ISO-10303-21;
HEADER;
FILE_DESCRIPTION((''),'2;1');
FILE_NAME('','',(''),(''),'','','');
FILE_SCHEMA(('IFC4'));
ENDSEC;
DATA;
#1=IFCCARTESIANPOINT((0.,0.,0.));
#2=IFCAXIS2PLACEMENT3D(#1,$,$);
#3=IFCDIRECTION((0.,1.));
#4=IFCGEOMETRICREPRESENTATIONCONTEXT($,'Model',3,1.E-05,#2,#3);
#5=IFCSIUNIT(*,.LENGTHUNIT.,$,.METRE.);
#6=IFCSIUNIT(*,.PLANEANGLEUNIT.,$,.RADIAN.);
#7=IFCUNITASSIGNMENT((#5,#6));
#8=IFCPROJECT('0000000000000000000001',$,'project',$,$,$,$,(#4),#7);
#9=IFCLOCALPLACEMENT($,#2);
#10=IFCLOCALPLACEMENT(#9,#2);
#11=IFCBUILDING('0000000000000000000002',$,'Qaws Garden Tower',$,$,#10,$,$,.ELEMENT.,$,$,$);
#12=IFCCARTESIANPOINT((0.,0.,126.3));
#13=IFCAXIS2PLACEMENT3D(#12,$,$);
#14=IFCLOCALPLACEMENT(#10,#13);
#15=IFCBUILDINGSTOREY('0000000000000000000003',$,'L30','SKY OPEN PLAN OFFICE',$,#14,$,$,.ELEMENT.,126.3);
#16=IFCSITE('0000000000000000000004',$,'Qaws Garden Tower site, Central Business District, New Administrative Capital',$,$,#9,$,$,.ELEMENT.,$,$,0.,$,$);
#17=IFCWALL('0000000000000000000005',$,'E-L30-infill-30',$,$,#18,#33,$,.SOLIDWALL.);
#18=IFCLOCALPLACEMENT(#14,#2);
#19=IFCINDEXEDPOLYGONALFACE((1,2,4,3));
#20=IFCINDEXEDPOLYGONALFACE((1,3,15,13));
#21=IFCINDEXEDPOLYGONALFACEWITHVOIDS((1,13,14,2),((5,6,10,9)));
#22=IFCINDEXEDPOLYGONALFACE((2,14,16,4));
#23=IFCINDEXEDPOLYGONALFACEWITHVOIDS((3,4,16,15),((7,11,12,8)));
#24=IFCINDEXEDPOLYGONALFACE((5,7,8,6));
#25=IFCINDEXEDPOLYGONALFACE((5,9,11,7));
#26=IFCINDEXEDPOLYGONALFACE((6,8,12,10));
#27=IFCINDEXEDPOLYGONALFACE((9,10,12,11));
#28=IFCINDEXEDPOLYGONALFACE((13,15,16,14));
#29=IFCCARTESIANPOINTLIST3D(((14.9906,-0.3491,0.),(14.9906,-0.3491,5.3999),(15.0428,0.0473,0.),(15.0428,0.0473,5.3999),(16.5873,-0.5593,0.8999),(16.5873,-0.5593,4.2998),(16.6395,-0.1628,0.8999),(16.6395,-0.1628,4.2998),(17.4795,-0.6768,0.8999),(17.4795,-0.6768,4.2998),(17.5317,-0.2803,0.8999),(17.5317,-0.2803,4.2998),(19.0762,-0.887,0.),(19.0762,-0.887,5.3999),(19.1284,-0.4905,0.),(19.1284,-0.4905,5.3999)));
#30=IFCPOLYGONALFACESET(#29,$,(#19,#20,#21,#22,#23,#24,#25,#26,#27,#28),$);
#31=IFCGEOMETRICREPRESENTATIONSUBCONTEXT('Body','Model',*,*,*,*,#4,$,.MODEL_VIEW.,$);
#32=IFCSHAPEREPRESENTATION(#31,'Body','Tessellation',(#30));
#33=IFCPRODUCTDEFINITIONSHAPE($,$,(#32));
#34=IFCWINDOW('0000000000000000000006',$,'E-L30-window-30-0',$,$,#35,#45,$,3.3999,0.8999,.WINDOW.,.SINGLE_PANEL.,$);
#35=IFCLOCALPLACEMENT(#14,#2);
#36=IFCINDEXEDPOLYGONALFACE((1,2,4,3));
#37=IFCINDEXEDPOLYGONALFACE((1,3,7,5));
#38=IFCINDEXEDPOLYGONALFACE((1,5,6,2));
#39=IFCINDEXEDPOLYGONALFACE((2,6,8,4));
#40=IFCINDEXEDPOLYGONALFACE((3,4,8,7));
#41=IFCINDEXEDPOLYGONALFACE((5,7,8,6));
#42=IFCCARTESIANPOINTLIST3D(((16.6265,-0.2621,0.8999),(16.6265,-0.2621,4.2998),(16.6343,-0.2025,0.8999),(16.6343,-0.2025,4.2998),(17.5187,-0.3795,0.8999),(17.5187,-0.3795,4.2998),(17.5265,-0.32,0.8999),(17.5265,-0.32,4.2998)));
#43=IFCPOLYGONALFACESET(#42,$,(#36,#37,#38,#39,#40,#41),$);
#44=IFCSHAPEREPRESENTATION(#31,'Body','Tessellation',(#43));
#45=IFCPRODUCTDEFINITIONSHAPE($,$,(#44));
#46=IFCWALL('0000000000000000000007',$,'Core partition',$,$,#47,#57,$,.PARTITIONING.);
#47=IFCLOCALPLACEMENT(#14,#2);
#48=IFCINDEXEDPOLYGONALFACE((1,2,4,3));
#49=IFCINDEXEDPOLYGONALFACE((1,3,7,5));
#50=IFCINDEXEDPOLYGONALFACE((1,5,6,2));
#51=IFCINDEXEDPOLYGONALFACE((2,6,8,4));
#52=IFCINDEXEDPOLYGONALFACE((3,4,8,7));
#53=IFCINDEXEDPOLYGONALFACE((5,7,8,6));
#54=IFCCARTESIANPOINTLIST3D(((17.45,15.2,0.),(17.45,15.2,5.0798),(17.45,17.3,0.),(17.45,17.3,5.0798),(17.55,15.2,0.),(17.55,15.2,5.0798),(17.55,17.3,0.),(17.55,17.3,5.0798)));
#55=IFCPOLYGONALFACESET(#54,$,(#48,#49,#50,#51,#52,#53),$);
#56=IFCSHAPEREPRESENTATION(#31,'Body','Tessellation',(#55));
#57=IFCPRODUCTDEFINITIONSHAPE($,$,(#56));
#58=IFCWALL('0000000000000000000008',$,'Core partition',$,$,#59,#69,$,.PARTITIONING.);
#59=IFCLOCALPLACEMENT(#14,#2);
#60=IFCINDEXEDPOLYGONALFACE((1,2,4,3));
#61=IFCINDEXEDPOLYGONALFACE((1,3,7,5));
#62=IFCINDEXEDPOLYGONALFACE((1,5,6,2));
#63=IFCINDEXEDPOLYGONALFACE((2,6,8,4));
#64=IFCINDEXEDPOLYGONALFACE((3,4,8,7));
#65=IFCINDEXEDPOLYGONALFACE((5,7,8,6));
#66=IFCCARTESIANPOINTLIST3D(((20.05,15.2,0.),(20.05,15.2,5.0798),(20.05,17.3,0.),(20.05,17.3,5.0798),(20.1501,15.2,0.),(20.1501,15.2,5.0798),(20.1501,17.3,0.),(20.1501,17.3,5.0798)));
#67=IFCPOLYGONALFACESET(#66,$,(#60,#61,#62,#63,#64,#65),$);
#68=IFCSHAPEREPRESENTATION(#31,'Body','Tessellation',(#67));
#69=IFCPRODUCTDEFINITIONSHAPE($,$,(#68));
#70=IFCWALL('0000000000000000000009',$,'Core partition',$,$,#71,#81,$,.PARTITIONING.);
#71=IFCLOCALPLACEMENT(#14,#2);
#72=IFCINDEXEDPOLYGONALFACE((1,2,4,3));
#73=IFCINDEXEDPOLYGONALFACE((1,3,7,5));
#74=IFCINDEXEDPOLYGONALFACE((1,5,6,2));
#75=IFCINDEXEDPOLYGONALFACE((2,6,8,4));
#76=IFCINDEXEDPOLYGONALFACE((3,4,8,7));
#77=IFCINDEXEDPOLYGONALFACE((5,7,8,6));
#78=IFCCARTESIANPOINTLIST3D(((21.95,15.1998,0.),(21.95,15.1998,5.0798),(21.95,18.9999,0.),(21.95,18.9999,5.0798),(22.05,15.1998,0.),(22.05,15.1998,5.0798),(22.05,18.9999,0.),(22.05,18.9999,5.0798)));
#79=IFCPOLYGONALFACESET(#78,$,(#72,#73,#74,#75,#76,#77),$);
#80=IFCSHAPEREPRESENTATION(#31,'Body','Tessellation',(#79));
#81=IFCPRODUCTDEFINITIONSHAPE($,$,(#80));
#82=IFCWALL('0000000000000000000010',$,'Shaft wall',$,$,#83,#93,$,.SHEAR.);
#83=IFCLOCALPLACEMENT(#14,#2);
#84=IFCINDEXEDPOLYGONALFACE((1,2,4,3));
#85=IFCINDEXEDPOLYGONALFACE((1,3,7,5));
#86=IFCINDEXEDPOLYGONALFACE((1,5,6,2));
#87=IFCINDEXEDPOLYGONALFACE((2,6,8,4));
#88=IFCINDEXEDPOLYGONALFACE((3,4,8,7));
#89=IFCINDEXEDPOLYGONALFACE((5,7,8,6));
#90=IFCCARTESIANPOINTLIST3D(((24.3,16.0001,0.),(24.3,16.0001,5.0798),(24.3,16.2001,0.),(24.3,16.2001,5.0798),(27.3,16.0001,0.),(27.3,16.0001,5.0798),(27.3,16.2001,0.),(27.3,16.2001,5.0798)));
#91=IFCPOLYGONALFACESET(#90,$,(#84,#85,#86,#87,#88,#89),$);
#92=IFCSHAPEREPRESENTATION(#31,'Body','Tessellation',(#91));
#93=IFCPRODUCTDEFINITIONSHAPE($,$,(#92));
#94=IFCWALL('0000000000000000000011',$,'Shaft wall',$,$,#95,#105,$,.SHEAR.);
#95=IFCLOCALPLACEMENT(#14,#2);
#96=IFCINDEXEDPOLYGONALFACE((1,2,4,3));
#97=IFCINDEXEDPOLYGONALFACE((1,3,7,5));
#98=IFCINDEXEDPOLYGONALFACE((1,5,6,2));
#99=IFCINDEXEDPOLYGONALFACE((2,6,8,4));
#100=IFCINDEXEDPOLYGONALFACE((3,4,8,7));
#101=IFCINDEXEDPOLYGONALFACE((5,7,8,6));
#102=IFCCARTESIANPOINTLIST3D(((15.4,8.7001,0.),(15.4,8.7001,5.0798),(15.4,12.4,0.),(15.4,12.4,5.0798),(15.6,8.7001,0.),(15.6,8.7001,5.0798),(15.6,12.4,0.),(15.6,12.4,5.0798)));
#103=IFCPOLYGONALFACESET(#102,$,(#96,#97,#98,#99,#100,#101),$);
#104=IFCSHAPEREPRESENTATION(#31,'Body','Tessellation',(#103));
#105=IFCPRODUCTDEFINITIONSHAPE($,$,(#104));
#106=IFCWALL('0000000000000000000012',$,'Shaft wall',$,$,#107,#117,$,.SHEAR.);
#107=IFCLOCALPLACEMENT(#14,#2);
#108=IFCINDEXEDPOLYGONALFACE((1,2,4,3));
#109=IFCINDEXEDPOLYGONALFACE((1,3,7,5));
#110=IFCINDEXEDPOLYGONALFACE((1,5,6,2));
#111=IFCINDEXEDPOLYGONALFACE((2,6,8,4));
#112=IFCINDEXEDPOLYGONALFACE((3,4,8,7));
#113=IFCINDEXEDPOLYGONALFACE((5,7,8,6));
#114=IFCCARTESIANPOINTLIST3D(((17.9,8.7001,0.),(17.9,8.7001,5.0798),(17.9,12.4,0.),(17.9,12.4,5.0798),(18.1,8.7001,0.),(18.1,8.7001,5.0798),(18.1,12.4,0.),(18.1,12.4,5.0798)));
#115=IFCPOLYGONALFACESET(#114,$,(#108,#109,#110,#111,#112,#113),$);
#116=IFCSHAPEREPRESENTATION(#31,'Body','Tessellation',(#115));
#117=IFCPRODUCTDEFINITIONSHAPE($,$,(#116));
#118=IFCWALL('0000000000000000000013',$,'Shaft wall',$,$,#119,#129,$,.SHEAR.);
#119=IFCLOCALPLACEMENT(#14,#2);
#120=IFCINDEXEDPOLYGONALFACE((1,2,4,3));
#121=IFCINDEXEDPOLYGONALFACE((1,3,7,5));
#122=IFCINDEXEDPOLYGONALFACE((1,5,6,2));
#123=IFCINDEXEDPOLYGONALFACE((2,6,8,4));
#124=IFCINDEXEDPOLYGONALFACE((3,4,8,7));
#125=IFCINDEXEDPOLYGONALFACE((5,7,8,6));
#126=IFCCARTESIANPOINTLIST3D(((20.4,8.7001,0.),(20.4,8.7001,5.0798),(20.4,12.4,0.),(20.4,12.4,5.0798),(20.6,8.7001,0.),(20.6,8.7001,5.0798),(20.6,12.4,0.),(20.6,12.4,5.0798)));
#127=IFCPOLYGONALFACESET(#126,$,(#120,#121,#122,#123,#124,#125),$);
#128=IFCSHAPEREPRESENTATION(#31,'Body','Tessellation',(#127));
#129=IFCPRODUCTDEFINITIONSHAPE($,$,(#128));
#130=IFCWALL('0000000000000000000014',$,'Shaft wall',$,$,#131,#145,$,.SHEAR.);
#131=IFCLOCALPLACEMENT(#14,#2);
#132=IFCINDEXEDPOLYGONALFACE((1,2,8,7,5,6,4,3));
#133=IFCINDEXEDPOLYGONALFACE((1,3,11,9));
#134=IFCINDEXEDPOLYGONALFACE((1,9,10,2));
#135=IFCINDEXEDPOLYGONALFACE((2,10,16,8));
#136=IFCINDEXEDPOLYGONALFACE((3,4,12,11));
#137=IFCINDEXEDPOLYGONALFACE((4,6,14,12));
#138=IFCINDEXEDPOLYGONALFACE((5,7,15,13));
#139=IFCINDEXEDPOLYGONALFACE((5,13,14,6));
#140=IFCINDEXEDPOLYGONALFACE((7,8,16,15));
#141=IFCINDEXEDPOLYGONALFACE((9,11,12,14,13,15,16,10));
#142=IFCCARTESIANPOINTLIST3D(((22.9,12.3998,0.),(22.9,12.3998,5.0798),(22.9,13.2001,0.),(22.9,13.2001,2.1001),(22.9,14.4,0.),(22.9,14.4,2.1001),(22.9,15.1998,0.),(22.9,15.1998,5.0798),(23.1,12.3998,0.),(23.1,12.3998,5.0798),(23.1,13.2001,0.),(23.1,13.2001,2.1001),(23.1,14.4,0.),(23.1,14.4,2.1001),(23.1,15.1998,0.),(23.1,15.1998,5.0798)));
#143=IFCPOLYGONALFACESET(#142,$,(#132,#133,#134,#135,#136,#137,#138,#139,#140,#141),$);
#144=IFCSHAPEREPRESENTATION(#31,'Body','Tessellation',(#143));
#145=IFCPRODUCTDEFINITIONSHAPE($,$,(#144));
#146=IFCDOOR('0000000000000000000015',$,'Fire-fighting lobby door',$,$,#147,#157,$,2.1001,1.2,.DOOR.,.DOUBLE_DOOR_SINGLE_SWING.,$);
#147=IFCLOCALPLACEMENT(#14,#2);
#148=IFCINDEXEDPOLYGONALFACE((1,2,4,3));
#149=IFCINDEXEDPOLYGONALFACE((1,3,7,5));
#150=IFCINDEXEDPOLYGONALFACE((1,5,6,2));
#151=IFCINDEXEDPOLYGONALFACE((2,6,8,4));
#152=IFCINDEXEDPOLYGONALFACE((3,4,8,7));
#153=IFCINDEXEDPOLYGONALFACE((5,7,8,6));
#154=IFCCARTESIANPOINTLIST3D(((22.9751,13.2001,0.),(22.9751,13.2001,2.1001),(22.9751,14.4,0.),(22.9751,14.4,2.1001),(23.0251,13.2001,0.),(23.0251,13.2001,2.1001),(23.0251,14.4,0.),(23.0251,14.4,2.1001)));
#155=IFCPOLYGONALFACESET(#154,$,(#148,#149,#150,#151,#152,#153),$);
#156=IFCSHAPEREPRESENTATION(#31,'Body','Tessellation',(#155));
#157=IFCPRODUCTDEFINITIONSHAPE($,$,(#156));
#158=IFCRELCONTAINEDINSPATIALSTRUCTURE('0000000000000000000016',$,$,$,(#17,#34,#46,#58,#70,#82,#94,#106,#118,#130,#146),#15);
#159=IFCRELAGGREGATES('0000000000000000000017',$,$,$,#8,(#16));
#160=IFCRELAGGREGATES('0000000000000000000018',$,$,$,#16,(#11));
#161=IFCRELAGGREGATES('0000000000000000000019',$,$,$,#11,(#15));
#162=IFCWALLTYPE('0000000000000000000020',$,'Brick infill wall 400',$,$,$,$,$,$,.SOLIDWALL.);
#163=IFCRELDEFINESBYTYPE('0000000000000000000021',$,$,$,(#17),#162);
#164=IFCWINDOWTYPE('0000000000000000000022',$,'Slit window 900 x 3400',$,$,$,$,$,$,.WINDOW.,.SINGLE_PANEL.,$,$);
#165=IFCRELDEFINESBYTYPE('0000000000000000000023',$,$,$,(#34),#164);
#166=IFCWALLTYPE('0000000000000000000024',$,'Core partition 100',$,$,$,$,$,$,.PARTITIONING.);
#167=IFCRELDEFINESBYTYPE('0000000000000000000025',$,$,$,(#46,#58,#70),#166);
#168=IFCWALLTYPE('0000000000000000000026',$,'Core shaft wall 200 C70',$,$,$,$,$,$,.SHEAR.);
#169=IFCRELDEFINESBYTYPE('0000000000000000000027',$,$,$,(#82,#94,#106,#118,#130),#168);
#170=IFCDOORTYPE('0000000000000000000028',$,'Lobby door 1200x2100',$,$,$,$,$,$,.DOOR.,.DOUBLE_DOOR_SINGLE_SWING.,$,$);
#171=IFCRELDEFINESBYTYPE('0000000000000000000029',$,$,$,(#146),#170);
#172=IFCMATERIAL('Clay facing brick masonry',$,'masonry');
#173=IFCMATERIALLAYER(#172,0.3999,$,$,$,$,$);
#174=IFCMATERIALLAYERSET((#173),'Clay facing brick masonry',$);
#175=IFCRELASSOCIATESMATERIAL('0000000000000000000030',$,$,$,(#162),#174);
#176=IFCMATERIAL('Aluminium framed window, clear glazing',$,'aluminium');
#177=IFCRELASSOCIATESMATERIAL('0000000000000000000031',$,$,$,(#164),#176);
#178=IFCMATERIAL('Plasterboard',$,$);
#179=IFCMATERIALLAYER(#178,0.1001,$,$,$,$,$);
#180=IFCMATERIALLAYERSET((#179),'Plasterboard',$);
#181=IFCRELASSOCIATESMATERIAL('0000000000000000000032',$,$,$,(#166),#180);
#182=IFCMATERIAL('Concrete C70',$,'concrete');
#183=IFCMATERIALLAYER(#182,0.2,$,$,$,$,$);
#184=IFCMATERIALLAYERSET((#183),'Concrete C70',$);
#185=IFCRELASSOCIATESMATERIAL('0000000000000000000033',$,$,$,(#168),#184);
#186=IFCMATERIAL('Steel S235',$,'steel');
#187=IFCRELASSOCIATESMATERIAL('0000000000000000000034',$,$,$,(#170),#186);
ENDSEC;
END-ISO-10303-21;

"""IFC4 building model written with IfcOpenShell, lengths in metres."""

from ifc_helpers import new_model, si_unit, direction, frame, frame_2d, origin, place, context, subcontext, project, spatial, rectangle, extrude, material, layer, layer_set, type_object, element, fill, save


model = new_model("IFC4")

# Units and contexts
model_context = context("Model", 3, precision=1e-05, world=origin(), true_north=direction((0.0, 1.0)))
body_context = subcontext(model_context, "Body", "Model", "MODEL_VIEW")
ifc_project = project(units=[si_unit("LENGTHUNIT", "METRE"), si_unit("PLANEANGLEUNIT", "RADIAN")], contexts=[model_context])

# Site, building, storey
site_placement = place(None, origin())
site = spatial("IfcSite", under=ifc_project, at=site_placement, Name="Qaws Garden Tower site, Central Business District, New Administrative Capital", CompositionType="ELEMENT", RefElevation=0.0)
building_placement = place(site_placement, origin())
building = spatial("IfcBuilding", under=site, at=building_placement, Name="Qaws Garden Tower", CompositionType="ELEMENT")
storey_placement = place(building_placement, frame((0.0, 0.0, 126.3)))
storey = spatial("IfcBuildingStorey", under=building, at=storey_placement, Name="L30", Description="SKY OPEN PLAN OFFICE", CompositionType="ELEMENT", Elevation=126.3)

# Shared definitions
ifc_material_1 = material(Name="Clay facing brick masonry", Category="masonry")
ifc_layer_1 = layer(ifc_material_1, 0.3999)
ifc_layer_set_1 = layer_set([ifc_layer_1], Name="Clay facing brick masonry")
wall_type_1 = type_object("IfcWallType", Name="Brick infill wall 400", PredefinedType="SOLIDWALL", material=ifc_layer_set_1)
ifc_material_2 = material(Name="Aluminium framed window, clear glazing", Category="aluminium")
window_type = type_object("IfcWindowType", Name="Slit window 900 x 3400", PartitioningType="SINGLE_PANEL", PredefinedType="WINDOW", material=ifc_material_2)

# Wall, opening, window
wall_1_placement = place(storey_placement, frame((15.0166, -0.1509, 0.0), z_axis=(0.0, 0.0, 1.0), x_axis=(0.991446, -0.130514, 0.0)))
wall_1 = element("IfcWall", 1, at=wall_1_placement, inside=storey, type_object=wall_type_1, Name="E-L30-infill-30", PredefinedType="SOLIDWALL", context=body_context, shape_type="SweptSolid", body=[
    extrude(rectangle(XDim=4.1208, YDim=0.3999, at=frame_2d((2.0605, 0.0))), origin(), (0.0, 0.0, 1.0), 5.3999),
])
opening_1_placement = place(wall_1_placement, frame((1.6106, 0.0, 0.8999)))
opening_1 = element("IfcOpeningElement", 2, at=opening_1_placement, cuts=wall_1, PredefinedType="OPENING", context=body_context, shape_type="SweptSolid", body=[
    extrude(rectangle(XDim=0.8999, YDim=3.3999, at=frame_2d((0.45, 1.7))), frame((0.0, 0.21, 0.0), z_axis=(0.0, -1.0, 0.0), x_axis=(1.0, 0.0, 0.0)), (0.0, 0.0, 1.0), 0.4199),
])
window_1_placement = place(opening_1_placement, origin())
window_1 = element("IfcWindow", 3, at=window_1_placement, inside=storey, type_object=window_type, Name="E-L30-window-30-0", OverallHeight=3.3999, OverallWidth=0.8999, PartitioningType="SINGLE_PANEL", PredefinedType="WINDOW", context=body_context, shape_type="SweptSolid", body=[
    extrude(rectangle(XDim=0.8999, YDim=3.3999, at=frame_2d((0.45, 1.7))), frame((0.0, 0.1599, 0.0), z_axis=(0.0, -1.0, 0.0), x_axis=(1.0, 0.0, 0.0)), (0.0, 0.0, 1.0), 0.0601),
])
fill(opening_1, window_1)

# Walls
ifc_material_3 = material(Name="Plasterboard")
ifc_layer_2 = layer(ifc_material_3, 0.1001)
ifc_layer_set_2 = layer_set([ifc_layer_2], Name="Plasterboard")
wall_type_2 = type_object("IfcWallType", Name="Core partition 100", PredefinedType="PARTITIONING", material=ifc_layer_set_2)
for number, where, z_axis, x_axis, name in (
    (4, (17.5, 15.2, 0.0), (0.0, 0.0, 1.0), (0.0, 1.0, 0.0), "Core partition"),
    (5, (20.1001, 15.2, 0.0), (0.0, 0.0, 1.0), (0.0, 1.0, 0.0), "Core partition"),
):
    element("IfcWall", number, at=place(storey_placement, frame(where, z_axis=z_axis, x_axis=x_axis)), inside=storey, type_object=wall_type_2, Name=name, PredefinedType="PARTITIONING", context=body_context, shape_type="SweptSolid", body=[
        extrude(rectangle(XDim=2.1001, YDim=0.1001, at=frame_2d((1.05, 0.0))), origin(), (0.0, 0.0, 1.0), 5.0798),
    ])
wall_2_placement = place(storey_placement, frame((22.0, 15.2, 0.0), z_axis=(0.0, 0.0, 1.0), x_axis=(0.0, 1.0, 0.0)))
element("IfcWall", 6, at=wall_2_placement, inside=storey, type_object=wall_type_2, Name="Core partition", PredefinedType="PARTITIONING", context=body_context, shape_type="SweptSolid", body=[
    extrude(rectangle(XDim=3.8, YDim=0.1001, at=frame_2d((1.8999, 0.0))), origin(), (0.0, 0.0, 1.0), 5.0798),
])
ifc_material_4 = material(Name="Concrete C70", Category="concrete")
ifc_layer_3 = layer(ifc_material_4, 0.2)
ifc_layer_set_3 = layer_set([ifc_layer_3], Name="Concrete C70")
wall_type_3 = type_object("IfcWallType", Name="Core shaft wall 200 C70", PredefinedType="SHEAR", material=ifc_layer_set_3)
wall_3_placement = place(storey_placement, frame((24.3, 16.1001, 0.0), z_axis=(0.0, 0.0, 1.0), x_axis=(1.0, 0.0, 0.0)))
element("IfcWall", 7, at=wall_3_placement, inside=storey, type_object=wall_type_3, Name="Shaft wall", PredefinedType="SHEAR", context=body_context, shape_type="SweptSolid", body=[
    extrude(rectangle(XDim=3.0, YDim=0.2, at=frame_2d((1.5, 0.0))), origin(), (0.0, 0.0, 1.0), 5.0798),
])
for number, where, z_axis, x_axis, name in (
    (8, (15.5, 8.7, 0.0), (0.0, 0.0, 1.0), (0.0, 1.0, 0.0), "Shaft wall"),
    (9, (18.0, 8.7, 0.0), (0.0, 0.0, 1.0), (0.0, 1.0, 0.0), "Shaft wall"),
    (10, (20.5, 8.7, 0.0), (0.0, 0.0, 1.0), (0.0, 1.0, 0.0), "Shaft wall"),
):
    element("IfcWall", number, at=place(storey_placement, frame(where, z_axis=z_axis, x_axis=x_axis)), inside=storey, type_object=wall_type_3, Name=name, PredefinedType="SHEAR", context=body_context, shape_type="SweptSolid", body=[
        extrude(rectangle(XDim=3.7, YDim=0.2, at=frame_2d((1.8501, 0.0))), origin(), (0.0, 0.0, 1.0), 5.0798),
    ])

# Wall, opening, door
wall_4_placement = place(storey_placement, frame((23.0, 12.3999, 0.0), z_axis=(0.0, 0.0, 1.0), x_axis=(0.0, 1.0, 0.0)))
wall_4 = element("IfcWall", 11, at=wall_4_placement, inside=storey, type_object=wall_type_3, Name="Shaft wall", PredefinedType="SHEAR", context=body_context, shape_type="SweptSolid", body=[
    extrude(rectangle(XDim=2.8, YDim=0.2, at=frame_2d((1.3999, 0.0))), origin(), (0.0, 0.0, 1.0), 5.0798),
])
opening_2_placement = place(wall_4_placement, frame((0.8, 0.0, 0.0)))
opening_2 = element("IfcOpeningElement", 12, at=opening_2_placement, cuts=wall_4, PredefinedType="OPENING", context=body_context, shape_type="SweptSolid", body=[
    extrude(rectangle(XDim=1.2, YDim=2.1001, at=frame_2d((0.6001, 1.05))), frame((0.0, 0.1099, 0.0), z_axis=(0.0, -1.0, 0.0), x_axis=(1.0, 0.0, 0.0)), (0.0, 0.0, 1.0), 0.22),
])
ifc_material_5 = material(Name="Steel S235", Category="steel")
door_type_1 = type_object("IfcDoorType", Name="Lobby door 1200x2100", OperationType="DOUBLE_DOOR_SINGLE_SWING", PredefinedType="DOOR", material=ifc_material_5)
door_1_placement = place(opening_2_placement, origin())
door_1 = element("IfcDoor", 13, at=door_1_placement, inside=storey, type_object=door_type_1, Name="Fire-fighting lobby door", OperationType="DOUBLE_DOOR_SINGLE_SWING", OverallHeight=2.1001, OverallWidth=1.2, PredefinedType="DOOR", context=body_context, shape_type="SweptSolid", body=[
    extrude(rectangle(XDim=1.2, YDim=2.1001, at=frame_2d((0.6001, 1.05))), frame((0.0, 0.0249, 0.0), z_axis=(0.0, -1.0, 0.0), x_axis=(1.0, 0.0, 0.0)), (0.0, 0.0, 1.0), 0.05),
])
fill(opening_2, door_1)

save(model, "model.ifc")
